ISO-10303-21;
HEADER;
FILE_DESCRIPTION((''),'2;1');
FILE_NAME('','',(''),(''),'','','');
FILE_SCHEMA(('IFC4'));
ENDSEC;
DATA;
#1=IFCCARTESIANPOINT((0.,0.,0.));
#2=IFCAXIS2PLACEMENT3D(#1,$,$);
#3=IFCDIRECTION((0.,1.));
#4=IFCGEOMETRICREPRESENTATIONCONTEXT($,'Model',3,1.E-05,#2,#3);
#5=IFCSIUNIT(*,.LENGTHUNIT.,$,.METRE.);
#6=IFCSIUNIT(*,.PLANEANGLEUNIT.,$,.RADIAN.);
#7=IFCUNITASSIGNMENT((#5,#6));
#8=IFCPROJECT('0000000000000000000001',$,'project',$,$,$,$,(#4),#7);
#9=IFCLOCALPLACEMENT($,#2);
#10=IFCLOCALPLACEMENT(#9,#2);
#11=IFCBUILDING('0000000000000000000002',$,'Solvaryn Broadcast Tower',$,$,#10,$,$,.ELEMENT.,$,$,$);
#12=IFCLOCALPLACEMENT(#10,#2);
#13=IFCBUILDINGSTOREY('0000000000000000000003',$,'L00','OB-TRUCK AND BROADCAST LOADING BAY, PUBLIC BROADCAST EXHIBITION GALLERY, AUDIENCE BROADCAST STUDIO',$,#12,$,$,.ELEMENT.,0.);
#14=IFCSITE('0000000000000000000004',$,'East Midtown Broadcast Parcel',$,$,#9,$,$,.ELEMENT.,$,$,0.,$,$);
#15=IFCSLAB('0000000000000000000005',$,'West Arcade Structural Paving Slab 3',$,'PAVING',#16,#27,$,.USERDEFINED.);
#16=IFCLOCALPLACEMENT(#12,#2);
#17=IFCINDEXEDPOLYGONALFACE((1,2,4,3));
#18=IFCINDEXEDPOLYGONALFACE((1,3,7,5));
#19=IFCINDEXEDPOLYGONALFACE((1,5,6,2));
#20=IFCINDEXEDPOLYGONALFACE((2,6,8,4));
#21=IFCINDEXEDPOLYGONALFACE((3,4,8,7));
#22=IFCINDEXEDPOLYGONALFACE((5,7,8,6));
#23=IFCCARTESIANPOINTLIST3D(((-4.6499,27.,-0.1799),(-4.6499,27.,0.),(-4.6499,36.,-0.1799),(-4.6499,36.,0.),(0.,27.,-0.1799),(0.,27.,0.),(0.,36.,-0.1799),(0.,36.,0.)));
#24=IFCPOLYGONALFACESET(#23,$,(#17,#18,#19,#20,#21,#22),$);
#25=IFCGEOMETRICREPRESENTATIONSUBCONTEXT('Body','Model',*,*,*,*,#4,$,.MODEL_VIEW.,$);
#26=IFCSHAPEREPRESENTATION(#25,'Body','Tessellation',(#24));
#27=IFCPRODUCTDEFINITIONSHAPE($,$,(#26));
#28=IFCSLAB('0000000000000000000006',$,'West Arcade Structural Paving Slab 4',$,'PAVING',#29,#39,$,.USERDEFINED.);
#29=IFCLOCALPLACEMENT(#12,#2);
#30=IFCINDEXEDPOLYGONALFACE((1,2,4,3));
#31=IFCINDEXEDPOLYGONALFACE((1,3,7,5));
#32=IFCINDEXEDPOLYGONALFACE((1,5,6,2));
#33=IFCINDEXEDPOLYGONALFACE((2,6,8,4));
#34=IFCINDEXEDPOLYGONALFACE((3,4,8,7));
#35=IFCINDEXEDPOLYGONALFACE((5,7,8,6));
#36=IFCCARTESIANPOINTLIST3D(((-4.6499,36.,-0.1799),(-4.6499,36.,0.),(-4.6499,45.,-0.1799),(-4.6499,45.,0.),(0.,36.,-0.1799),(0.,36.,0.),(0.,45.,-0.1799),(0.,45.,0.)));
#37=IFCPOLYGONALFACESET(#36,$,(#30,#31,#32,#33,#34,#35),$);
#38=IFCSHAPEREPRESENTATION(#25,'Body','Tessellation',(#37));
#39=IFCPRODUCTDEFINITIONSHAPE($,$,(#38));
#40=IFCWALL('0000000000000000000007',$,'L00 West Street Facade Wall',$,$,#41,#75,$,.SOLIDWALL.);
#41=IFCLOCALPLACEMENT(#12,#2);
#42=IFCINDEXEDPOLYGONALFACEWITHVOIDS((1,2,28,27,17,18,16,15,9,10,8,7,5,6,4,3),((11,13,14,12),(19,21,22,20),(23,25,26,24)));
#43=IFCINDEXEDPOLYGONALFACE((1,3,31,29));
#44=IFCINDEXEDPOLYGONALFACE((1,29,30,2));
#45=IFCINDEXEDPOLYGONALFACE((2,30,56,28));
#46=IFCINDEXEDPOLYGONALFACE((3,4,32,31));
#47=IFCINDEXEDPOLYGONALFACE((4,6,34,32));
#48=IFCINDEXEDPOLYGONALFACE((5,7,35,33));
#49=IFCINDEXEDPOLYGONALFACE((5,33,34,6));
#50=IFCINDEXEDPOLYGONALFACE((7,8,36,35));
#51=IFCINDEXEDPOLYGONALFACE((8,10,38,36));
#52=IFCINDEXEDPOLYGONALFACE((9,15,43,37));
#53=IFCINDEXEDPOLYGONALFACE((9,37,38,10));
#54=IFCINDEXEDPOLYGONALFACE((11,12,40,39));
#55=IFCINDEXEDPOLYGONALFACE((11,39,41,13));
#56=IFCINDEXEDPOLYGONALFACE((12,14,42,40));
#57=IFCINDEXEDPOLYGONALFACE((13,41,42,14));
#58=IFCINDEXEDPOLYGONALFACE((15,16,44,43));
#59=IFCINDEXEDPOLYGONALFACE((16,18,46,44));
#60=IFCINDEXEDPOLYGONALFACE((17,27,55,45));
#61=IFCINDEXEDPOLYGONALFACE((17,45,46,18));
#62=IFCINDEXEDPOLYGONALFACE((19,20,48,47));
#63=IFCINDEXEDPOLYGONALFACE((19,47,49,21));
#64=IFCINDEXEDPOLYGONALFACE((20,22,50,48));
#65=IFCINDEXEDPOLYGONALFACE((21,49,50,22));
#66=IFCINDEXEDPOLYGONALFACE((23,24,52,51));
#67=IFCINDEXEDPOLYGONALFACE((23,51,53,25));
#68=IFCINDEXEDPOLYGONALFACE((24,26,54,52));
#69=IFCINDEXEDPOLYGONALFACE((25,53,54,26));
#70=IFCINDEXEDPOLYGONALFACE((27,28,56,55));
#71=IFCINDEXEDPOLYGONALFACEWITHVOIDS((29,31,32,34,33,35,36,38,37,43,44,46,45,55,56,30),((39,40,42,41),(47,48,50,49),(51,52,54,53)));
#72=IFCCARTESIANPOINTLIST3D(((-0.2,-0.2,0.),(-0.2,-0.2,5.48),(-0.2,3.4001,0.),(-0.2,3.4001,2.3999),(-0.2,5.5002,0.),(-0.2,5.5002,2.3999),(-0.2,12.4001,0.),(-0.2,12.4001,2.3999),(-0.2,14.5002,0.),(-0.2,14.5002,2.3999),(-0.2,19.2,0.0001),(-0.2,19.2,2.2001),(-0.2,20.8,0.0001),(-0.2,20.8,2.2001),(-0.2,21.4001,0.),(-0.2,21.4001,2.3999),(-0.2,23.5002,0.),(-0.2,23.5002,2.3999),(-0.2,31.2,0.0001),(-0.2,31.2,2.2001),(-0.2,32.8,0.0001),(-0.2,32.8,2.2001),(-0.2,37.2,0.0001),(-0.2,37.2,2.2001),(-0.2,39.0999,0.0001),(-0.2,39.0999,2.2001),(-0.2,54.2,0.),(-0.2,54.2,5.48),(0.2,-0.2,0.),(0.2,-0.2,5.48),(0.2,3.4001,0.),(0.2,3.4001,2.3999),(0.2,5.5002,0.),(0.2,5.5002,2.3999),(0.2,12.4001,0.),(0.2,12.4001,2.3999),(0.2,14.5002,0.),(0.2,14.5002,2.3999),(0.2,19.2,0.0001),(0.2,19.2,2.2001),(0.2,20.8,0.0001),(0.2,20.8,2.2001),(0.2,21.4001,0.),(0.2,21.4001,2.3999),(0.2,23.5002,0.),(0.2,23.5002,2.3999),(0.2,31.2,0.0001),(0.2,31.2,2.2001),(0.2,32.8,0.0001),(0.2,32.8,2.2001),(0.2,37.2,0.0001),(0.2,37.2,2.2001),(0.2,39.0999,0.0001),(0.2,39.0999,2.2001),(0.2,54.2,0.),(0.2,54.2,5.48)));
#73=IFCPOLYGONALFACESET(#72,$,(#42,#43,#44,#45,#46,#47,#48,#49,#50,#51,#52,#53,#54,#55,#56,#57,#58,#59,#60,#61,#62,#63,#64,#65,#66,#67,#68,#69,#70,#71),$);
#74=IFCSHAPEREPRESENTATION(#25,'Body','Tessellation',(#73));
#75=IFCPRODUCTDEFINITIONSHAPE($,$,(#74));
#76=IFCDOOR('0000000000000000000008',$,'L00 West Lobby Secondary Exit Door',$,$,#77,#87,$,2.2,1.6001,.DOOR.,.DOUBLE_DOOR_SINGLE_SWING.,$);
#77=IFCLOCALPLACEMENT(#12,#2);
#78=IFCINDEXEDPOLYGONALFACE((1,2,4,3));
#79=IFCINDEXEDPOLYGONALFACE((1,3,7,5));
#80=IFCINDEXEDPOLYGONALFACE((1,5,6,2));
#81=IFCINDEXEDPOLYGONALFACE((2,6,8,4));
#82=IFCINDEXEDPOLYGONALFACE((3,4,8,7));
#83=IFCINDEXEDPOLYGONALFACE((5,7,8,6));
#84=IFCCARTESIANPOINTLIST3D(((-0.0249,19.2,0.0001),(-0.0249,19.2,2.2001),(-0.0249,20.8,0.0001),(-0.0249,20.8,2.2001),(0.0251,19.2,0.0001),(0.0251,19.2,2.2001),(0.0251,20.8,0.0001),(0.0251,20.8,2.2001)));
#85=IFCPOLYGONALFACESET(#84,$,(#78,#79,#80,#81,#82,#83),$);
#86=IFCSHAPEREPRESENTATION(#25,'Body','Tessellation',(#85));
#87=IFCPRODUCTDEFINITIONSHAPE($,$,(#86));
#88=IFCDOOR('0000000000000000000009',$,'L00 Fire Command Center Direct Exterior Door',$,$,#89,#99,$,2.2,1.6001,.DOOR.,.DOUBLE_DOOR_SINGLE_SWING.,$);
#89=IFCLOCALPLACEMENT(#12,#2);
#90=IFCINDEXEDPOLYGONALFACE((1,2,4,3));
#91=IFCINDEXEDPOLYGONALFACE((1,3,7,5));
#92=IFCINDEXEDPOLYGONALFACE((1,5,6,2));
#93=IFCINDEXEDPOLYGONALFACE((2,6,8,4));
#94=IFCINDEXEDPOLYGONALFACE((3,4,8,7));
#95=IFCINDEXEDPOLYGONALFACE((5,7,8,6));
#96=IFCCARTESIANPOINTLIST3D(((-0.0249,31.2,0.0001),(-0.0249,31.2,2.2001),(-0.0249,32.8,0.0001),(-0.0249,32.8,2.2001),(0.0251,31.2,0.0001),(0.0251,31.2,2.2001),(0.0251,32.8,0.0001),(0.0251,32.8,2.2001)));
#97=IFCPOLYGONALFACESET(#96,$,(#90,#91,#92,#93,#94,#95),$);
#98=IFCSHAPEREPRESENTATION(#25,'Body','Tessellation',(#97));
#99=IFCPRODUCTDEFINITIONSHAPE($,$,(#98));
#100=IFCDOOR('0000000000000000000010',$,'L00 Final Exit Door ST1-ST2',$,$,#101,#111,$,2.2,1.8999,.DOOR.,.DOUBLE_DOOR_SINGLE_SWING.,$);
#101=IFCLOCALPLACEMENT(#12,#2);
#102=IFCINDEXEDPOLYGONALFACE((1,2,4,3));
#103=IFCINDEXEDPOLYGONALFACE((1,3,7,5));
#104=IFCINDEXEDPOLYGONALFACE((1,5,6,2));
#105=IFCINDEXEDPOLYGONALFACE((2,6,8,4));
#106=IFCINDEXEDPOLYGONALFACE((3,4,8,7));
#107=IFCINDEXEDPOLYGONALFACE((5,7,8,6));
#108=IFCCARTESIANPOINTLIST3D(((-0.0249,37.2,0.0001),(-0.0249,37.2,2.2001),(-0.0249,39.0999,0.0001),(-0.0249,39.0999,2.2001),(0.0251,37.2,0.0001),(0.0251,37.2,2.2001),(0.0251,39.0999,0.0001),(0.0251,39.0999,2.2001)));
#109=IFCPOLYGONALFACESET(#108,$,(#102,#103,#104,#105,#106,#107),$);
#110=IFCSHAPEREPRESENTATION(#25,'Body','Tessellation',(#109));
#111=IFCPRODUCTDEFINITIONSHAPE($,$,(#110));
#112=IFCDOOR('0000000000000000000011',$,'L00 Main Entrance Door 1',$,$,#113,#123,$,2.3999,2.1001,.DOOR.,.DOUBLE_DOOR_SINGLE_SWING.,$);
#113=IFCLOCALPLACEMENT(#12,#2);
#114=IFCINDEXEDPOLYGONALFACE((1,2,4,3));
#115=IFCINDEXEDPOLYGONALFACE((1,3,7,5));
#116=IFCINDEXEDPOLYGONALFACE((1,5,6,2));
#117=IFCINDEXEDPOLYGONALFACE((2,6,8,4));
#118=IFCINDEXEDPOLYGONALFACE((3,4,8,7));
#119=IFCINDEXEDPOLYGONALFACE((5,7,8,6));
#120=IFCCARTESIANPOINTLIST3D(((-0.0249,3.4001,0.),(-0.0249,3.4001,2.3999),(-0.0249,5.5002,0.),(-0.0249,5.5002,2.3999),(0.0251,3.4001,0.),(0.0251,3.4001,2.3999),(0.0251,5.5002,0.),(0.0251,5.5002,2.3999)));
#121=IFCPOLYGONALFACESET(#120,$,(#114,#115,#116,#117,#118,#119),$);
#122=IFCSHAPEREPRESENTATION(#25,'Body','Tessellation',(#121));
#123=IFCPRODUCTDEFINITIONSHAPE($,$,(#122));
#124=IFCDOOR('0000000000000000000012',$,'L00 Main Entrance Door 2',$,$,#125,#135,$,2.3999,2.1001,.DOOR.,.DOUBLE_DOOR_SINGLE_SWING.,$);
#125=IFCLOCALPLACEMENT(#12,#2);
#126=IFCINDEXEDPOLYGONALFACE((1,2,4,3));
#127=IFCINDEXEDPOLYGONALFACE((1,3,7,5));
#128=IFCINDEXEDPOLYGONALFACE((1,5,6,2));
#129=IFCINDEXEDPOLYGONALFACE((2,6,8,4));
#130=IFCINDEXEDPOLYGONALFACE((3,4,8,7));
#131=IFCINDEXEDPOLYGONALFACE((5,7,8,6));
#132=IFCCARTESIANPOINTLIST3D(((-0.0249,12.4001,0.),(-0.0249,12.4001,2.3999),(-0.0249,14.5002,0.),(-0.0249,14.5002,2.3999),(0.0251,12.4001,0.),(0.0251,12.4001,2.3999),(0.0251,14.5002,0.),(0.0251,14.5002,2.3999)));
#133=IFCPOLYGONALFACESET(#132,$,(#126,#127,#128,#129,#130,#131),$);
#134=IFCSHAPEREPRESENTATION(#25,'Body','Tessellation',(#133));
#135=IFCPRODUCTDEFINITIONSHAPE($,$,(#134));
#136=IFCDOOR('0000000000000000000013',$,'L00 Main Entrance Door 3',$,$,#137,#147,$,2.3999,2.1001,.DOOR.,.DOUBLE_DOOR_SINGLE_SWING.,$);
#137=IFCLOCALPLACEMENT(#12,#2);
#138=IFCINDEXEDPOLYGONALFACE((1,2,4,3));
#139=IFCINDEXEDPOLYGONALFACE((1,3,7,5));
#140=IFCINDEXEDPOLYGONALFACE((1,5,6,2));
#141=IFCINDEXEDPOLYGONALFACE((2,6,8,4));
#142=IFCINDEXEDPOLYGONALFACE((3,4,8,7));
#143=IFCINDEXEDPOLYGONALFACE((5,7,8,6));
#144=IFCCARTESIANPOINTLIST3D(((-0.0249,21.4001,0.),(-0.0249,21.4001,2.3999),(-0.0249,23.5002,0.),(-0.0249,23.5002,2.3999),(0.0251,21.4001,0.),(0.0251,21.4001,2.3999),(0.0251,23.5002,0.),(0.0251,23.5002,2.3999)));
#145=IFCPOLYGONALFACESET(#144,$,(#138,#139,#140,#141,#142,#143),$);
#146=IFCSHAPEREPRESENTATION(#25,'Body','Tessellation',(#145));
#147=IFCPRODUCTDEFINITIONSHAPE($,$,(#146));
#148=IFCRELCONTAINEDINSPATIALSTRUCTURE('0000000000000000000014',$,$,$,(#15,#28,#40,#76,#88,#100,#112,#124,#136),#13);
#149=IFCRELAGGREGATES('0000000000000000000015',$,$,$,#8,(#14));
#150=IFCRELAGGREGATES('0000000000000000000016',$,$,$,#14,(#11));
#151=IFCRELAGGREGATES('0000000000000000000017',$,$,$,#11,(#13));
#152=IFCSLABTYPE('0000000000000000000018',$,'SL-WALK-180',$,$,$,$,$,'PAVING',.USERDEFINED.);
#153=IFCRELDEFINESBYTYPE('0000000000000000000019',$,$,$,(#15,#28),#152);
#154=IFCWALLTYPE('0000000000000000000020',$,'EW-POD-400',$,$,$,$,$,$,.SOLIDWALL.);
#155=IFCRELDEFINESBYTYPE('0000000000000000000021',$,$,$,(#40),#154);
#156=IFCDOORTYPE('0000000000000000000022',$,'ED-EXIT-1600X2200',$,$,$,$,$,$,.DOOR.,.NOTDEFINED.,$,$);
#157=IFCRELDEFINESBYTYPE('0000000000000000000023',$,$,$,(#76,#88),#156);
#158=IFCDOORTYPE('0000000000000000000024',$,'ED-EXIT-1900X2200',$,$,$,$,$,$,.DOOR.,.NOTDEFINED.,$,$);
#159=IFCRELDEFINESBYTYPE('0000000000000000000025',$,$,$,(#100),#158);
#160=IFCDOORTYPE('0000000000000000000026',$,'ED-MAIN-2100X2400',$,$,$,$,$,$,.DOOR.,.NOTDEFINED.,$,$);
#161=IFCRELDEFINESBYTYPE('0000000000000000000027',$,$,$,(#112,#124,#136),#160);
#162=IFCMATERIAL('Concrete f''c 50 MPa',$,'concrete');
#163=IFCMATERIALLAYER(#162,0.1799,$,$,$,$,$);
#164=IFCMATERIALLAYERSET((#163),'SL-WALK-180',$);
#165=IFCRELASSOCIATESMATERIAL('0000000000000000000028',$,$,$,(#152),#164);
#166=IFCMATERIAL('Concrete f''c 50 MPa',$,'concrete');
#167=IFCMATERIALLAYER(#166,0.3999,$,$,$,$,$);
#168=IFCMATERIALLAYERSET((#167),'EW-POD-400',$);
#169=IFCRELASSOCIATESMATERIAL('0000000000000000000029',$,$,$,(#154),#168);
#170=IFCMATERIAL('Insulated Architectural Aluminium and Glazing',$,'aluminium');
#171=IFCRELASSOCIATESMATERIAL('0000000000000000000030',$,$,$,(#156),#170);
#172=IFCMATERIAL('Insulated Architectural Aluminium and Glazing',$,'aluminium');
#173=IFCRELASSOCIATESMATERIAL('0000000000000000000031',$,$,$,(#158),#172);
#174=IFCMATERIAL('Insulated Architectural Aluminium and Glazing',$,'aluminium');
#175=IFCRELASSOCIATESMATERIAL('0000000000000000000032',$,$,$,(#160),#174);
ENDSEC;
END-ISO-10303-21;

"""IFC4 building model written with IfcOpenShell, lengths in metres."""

from ifc_helpers import new_model, si_unit, direction, frame, frame_2d, origin, place, context, subcontext, project, spatial, polyline, rectangle, outline, extrude, material, layer, layer_set, type_object, element, fill, save


model = new_model("IFC4")

# Units and contexts
model_context = context("Model", 3, precision=1e-05, world=origin(), true_north=direction((0.0, 1.0)))
body_context = subcontext(model_context, "Body", "Model", "MODEL_VIEW")
ifc_project = project(units=[si_unit("LENGTHUNIT", "METRE"), si_unit("PLANEANGLEUNIT", "RADIAN")], contexts=[model_context])

# Site, building, storey
site_placement = place(None, origin())
site = spatial("IfcSite", under=ifc_project, at=site_placement, Name="East Midtown Broadcast Parcel", CompositionType="ELEMENT", RefElevation=0.0)
building_placement = place(site_placement, origin())
building = spatial("IfcBuilding", under=site, at=building_placement, Name="Solvaryn Broadcast Tower", CompositionType="ELEMENT")
storey_placement = place(building_placement, origin())
storey = spatial("IfcBuildingStorey", under=building, at=storey_placement, Name="L00", Description="OB-TRUCK AND BROADCAST LOADING BAY, PUBLIC BROADCAST EXHIBITION GALLERY, AUDIENCE BROADCAST STUDIO", CompositionType="ELEMENT", Elevation=0.0)

# Slabs
ifc_material_1 = material(Name="Concrete f'c 50 MPa", Category="concrete")
ifc_layer_1 = layer(ifc_material_1, 0.1799)
ifc_layer_set_1 = layer_set([ifc_layer_1], Name="SL-WALK-180")
slab_type_1 = type_object("IfcSlabType", Name="SL-WALK-180", ElementType="PAVING", PredefinedType="USERDEFINED", material=ifc_layer_set_1)
slab_1_placement = place(storey_placement, frame((0.0, 0.0, -0.1799)))
element("IfcSlab", 1, at=slab_1_placement, inside=storey, type_object=slab_type_1, Name="West Arcade Structural Paving Slab 3", ObjectType="PAVING", PredefinedType="USERDEFINED", context=body_context, shape_type="SweptSolid", body=[
    extrude(outline(polyline([(-4.6499, 27.0), (0.0, 27.0), (0.0, 36.0), (-4.6499, 36.0), (-4.6499, 27.0)])), origin(), (0.0, 0.0, 1.0), 0.1799),
])
slab_2_placement = place(storey_placement, frame((0.0, 0.0, -0.1799)))
element("IfcSlab", 2, at=slab_2_placement, inside=storey, type_object=slab_type_1, Name="West Arcade Structural Paving Slab 4", ObjectType="PAVING", PredefinedType="USERDEFINED", context=body_context, shape_type="SweptSolid", body=[
    extrude(outline(polyline([(-4.6499, 36.0), (0.0, 36.0), (0.0, 45.0), (-4.6499, 45.0), (-4.6499, 36.0)])), origin(), (0.0, 0.0, 1.0), 0.1799),
])

# Wall, openings, doors
ifc_material_2 = material(Name="Concrete f'c 50 MPa", Category="concrete")
ifc_layer_2 = layer(ifc_material_2, 0.3999)
ifc_layer_set_2 = layer_set([ifc_layer_2], Name="EW-POD-400")
wall_type = type_object("IfcWallType", Name="EW-POD-400", PredefinedType="SOLIDWALL", material=ifc_layer_set_2)
wall_placement = place(storey_placement, frame((0.0, -0.2, 0.0), z_axis=(0.0, 0.0, 1.0), x_axis=(0.0, 1.0, 0.0)))
wall = element("IfcWall", 3, at=wall_placement, inside=storey, type_object=wall_type, Name="L00 West Street Facade Wall", PredefinedType="SOLIDWALL", context=body_context, shape_type="SweptSolid", body=[
    extrude(rectangle(XDim=54.3999, YDim=0.3999, at=frame_2d((27.2, 0.0))), origin(), (0.0, 0.0, 1.0), 5.48),
])
opening_1_placement = place(wall_placement, frame((37.3999, 0.0, 0.0)))
opening_1 = element("IfcOpeningElement", 4, at=opening_1_placement, cuts=wall, PredefinedType="OPENING", context=body_context, shape_type="SweptSolid", body=[
    extrude(rectangle(XDim=1.8999, YDim=2.2, at=frame_2d((0.95, 1.1001))), frame((0.0, 0.21, 0.0), z_axis=(0.0, -1.0, 0.0), x_axis=(1.0, 0.0, 0.0)), (0.0, 0.0, 1.0), 0.4199),
])
opening_2_placement = place(wall_placement, frame((19.3999, 0.0, 0.0)))
opening_2 = element("IfcOpeningElement", 5, at=opening_2_placement, cuts=wall, PredefinedType="OPENING", context=body_context, shape_type="SweptSolid", body=[
    extrude(rectangle(XDim=1.6001, YDim=2.2, at=frame_2d((0.8, 1.1001))), frame((0.0, 0.21, 0.0), z_axis=(0.0, -1.0, 0.0), x_axis=(1.0, 0.0, 0.0)), (0.0, 0.0, 1.0), 0.4199),
])
opening_3_placement = place(wall_placement, frame((3.6001, 0.0, 0.0)))
opening_3 = element("IfcOpeningElement", 6, at=opening_3_placement, cuts=wall, PredefinedType="OPENING", context=body_context, shape_type="SweptSolid", body=[
    extrude(rectangle(XDim=2.1001, YDim=2.3999, at=frame_2d((1.05, 1.2))), frame((0.0, 0.21, 0.0), z_axis=(0.0, -1.0, 0.0), x_axis=(1.0, 0.0, 0.0)), (0.0, 0.0, 1.0), 0.4199),
])
opening_4_placement = place(wall_placement, frame((12.6001, 0.0, 0.0)))
opening_4 = element("IfcOpeningElement", 7, at=opening_4_placement, cuts=wall, PredefinedType="OPENING", context=body_context, shape_type="SweptSolid", body=[
    extrude(rectangle(XDim=2.1001, YDim=2.3999, at=frame_2d((1.05, 1.2))), frame((0.0, 0.21, 0.0), z_axis=(0.0, -1.0, 0.0), x_axis=(1.0, 0.0, 0.0)), (0.0, 0.0, 1.0), 0.4199),
])
opening_5_placement = place(wall_placement, frame((21.6001, 0.0, 0.0)))
opening_5 = element("IfcOpeningElement", 8, at=opening_5_placement, cuts=wall, PredefinedType="OPENING", context=body_context, shape_type="SweptSolid", body=[
    extrude(rectangle(XDim=2.1001, YDim=2.3999, at=frame_2d((1.05, 1.2))), frame((0.0, 0.21, 0.0), z_axis=(0.0, -1.0, 0.0), x_axis=(1.0, 0.0, 0.0)), (0.0, 0.0, 1.0), 0.4199),
])
opening_6_placement = place(wall_placement, frame((31.3999, 0.0, 0.0)))
opening_6 = element("IfcOpeningElement", 9, at=opening_6_placement, cuts=wall, PredefinedType="OPENING", context=body_context, shape_type="SweptSolid", body=[
    extrude(rectangle(XDim=1.6001, YDim=2.2, at=frame_2d((0.8, 1.1001))), frame((0.0, 0.21, 0.0), z_axis=(0.0, -1.0, 0.0), x_axis=(1.0, 0.0, 0.0)), (0.0, 0.0, 1.0), 0.4199),
])
ifc_material_3 = material(Name="Insulated Architectural Aluminium and Glazing", Category="aluminium")
door_type_1 = type_object("IfcDoorType", Name="ED-EXIT-1600X2200", OperationType="NOTDEFINED", PredefinedType="DOOR", material=ifc_material_3)
door_1_placement = place(opening_2_placement, origin())
door_1 = element("IfcDoor", 10, at=door_1_placement, inside=storey, type_object=door_type_1, Name="L00 West Lobby Secondary Exit Door", OperationType="DOUBLE_DOOR_SINGLE_SWING", OverallHeight=2.2, OverallWidth=1.6001, PredefinedType="DOOR", context=body_context, shape_type="SweptSolid", body=[
    extrude(rectangle(XDim=1.6001, YDim=2.2, at=frame_2d((0.8, 1.1001))), frame((0.0, 0.0249, 0.0), z_axis=(0.0, -1.0, 0.0), x_axis=(1.0, 0.0, 0.0)), (0.0, 0.0, 1.0), 0.05),
])
fill(opening_2, door_1)
door_2_placement = place(opening_6_placement, origin())
door_2 = element("IfcDoor", 11, at=door_2_placement, inside=storey, type_object=door_type_1, Name="L00 Fire Command Center Direct Exterior Door", OperationType="DOUBLE_DOOR_SINGLE_SWING", OverallHeight=2.2, OverallWidth=1.6001, PredefinedType="DOOR", context=body_context, shape_type="SweptSolid", body=[
    extrude(rectangle(XDim=1.6001, YDim=2.2, at=frame_2d((0.8, 1.1001))), frame((0.0, 0.0249, 0.0), z_axis=(0.0, -1.0, 0.0), x_axis=(1.0, 0.0, 0.0)), (0.0, 0.0, 1.0), 0.05),
])
fill(opening_6, door_2)
ifc_material_4 = material(Name="Insulated Architectural Aluminium and Glazing", Category="aluminium")
door_type_2 = type_object("IfcDoorType", Name="ED-EXIT-1900X2200", OperationType="NOTDEFINED", PredefinedType="DOOR", material=ifc_material_4)
door_3_placement = place(opening_1_placement, origin())
door_3 = element("IfcDoor", 12, at=door_3_placement, inside=storey, type_object=door_type_2, Name="L00 Final Exit Door ST1-ST2", OperationType="DOUBLE_DOOR_SINGLE_SWING", OverallHeight=2.2, OverallWidth=1.8999, PredefinedType="DOOR", context=body_context, shape_type="SweptSolid", body=[
    extrude(rectangle(XDim=1.8999, YDim=2.2, at=frame_2d((0.95, 1.1001))), frame((0.0, 0.0249, 0.0), z_axis=(0.0, -1.0, 0.0), x_axis=(1.0, 0.0, 0.0)), (0.0, 0.0, 1.0), 0.05),
])
fill(opening_1, door_3)
ifc_material_5 = material(Name="Insulated Architectural Aluminium and Glazing", Category="aluminium")
door_type_3 = type_object("IfcDoorType", Name="ED-MAIN-2100X2400", OperationType="NOTDEFINED", PredefinedType="DOOR", material=ifc_material_5)
door_4_placement = place(opening_3_placement, origin())
door_4 = element("IfcDoor", 13, at=door_4_placement, inside=storey, type_object=door_type_3, Name="L00 Main Entrance Door 1", OperationType="DOUBLE_DOOR_SINGLE_SWING", OverallHeight=2.3999, OverallWidth=2.1001, PredefinedType="DOOR", context=body_context, shape_type="SweptSolid", body=[
    extrude(rectangle(XDim=2.1001, YDim=2.3999, at=frame_2d((1.05, 1.2))), frame((0.0, 0.0249, 0.0), z_axis=(0.0, -1.0, 0.0), x_axis=(1.0, 0.0, 0.0)), (0.0, 0.0, 1.0), 0.05),
])
fill(opening_3, door_4)
door_5_placement = place(opening_4_placement, origin())
door_5 = element("IfcDoor", 14, at=door_5_placement, inside=storey, type_object=door_type_3, Name="L00 Main Entrance Door 2", OperationType="DOUBLE_DOOR_SINGLE_SWING", OverallHeight=2.3999, OverallWidth=2.1001, PredefinedType="DOOR", context=body_context, shape_type="SweptSolid", body=[
    extrude(rectangle(XDim=2.1001, YDim=2.3999, at=frame_2d((1.05, 1.2))), frame((0.0, 0.0249, 0.0), z_axis=(0.0, -1.0, 0.0), x_axis=(1.0, 0.0, 0.0)), (0.0, 0.0, 1.0), 0.05),
])
fill(opening_4, door_5)
door_6_placement = place(opening_5_placement, origin())
door_6 = element("IfcDoor", 15, at=door_6_placement, inside=storey, type_object=door_type_3, Name="L00 Main Entrance Door 3", OperationType="DOUBLE_DOOR_SINGLE_SWING", OverallHeight=2.3999, OverallWidth=2.1001, PredefinedType="DOOR", context=body_context, shape_type="SweptSolid", body=[
    extrude(rectangle(XDim=2.1001, YDim=2.3999, at=frame_2d((1.05, 1.2))), frame((0.0, 0.0249, 0.0), z_axis=(0.0, -1.0, 0.0), x_axis=(1.0, 0.0, 0.0)), (0.0, 0.0, 1.0), 0.05),
])
fill(opening_5, door_6)

save(model, "model.ifc")
